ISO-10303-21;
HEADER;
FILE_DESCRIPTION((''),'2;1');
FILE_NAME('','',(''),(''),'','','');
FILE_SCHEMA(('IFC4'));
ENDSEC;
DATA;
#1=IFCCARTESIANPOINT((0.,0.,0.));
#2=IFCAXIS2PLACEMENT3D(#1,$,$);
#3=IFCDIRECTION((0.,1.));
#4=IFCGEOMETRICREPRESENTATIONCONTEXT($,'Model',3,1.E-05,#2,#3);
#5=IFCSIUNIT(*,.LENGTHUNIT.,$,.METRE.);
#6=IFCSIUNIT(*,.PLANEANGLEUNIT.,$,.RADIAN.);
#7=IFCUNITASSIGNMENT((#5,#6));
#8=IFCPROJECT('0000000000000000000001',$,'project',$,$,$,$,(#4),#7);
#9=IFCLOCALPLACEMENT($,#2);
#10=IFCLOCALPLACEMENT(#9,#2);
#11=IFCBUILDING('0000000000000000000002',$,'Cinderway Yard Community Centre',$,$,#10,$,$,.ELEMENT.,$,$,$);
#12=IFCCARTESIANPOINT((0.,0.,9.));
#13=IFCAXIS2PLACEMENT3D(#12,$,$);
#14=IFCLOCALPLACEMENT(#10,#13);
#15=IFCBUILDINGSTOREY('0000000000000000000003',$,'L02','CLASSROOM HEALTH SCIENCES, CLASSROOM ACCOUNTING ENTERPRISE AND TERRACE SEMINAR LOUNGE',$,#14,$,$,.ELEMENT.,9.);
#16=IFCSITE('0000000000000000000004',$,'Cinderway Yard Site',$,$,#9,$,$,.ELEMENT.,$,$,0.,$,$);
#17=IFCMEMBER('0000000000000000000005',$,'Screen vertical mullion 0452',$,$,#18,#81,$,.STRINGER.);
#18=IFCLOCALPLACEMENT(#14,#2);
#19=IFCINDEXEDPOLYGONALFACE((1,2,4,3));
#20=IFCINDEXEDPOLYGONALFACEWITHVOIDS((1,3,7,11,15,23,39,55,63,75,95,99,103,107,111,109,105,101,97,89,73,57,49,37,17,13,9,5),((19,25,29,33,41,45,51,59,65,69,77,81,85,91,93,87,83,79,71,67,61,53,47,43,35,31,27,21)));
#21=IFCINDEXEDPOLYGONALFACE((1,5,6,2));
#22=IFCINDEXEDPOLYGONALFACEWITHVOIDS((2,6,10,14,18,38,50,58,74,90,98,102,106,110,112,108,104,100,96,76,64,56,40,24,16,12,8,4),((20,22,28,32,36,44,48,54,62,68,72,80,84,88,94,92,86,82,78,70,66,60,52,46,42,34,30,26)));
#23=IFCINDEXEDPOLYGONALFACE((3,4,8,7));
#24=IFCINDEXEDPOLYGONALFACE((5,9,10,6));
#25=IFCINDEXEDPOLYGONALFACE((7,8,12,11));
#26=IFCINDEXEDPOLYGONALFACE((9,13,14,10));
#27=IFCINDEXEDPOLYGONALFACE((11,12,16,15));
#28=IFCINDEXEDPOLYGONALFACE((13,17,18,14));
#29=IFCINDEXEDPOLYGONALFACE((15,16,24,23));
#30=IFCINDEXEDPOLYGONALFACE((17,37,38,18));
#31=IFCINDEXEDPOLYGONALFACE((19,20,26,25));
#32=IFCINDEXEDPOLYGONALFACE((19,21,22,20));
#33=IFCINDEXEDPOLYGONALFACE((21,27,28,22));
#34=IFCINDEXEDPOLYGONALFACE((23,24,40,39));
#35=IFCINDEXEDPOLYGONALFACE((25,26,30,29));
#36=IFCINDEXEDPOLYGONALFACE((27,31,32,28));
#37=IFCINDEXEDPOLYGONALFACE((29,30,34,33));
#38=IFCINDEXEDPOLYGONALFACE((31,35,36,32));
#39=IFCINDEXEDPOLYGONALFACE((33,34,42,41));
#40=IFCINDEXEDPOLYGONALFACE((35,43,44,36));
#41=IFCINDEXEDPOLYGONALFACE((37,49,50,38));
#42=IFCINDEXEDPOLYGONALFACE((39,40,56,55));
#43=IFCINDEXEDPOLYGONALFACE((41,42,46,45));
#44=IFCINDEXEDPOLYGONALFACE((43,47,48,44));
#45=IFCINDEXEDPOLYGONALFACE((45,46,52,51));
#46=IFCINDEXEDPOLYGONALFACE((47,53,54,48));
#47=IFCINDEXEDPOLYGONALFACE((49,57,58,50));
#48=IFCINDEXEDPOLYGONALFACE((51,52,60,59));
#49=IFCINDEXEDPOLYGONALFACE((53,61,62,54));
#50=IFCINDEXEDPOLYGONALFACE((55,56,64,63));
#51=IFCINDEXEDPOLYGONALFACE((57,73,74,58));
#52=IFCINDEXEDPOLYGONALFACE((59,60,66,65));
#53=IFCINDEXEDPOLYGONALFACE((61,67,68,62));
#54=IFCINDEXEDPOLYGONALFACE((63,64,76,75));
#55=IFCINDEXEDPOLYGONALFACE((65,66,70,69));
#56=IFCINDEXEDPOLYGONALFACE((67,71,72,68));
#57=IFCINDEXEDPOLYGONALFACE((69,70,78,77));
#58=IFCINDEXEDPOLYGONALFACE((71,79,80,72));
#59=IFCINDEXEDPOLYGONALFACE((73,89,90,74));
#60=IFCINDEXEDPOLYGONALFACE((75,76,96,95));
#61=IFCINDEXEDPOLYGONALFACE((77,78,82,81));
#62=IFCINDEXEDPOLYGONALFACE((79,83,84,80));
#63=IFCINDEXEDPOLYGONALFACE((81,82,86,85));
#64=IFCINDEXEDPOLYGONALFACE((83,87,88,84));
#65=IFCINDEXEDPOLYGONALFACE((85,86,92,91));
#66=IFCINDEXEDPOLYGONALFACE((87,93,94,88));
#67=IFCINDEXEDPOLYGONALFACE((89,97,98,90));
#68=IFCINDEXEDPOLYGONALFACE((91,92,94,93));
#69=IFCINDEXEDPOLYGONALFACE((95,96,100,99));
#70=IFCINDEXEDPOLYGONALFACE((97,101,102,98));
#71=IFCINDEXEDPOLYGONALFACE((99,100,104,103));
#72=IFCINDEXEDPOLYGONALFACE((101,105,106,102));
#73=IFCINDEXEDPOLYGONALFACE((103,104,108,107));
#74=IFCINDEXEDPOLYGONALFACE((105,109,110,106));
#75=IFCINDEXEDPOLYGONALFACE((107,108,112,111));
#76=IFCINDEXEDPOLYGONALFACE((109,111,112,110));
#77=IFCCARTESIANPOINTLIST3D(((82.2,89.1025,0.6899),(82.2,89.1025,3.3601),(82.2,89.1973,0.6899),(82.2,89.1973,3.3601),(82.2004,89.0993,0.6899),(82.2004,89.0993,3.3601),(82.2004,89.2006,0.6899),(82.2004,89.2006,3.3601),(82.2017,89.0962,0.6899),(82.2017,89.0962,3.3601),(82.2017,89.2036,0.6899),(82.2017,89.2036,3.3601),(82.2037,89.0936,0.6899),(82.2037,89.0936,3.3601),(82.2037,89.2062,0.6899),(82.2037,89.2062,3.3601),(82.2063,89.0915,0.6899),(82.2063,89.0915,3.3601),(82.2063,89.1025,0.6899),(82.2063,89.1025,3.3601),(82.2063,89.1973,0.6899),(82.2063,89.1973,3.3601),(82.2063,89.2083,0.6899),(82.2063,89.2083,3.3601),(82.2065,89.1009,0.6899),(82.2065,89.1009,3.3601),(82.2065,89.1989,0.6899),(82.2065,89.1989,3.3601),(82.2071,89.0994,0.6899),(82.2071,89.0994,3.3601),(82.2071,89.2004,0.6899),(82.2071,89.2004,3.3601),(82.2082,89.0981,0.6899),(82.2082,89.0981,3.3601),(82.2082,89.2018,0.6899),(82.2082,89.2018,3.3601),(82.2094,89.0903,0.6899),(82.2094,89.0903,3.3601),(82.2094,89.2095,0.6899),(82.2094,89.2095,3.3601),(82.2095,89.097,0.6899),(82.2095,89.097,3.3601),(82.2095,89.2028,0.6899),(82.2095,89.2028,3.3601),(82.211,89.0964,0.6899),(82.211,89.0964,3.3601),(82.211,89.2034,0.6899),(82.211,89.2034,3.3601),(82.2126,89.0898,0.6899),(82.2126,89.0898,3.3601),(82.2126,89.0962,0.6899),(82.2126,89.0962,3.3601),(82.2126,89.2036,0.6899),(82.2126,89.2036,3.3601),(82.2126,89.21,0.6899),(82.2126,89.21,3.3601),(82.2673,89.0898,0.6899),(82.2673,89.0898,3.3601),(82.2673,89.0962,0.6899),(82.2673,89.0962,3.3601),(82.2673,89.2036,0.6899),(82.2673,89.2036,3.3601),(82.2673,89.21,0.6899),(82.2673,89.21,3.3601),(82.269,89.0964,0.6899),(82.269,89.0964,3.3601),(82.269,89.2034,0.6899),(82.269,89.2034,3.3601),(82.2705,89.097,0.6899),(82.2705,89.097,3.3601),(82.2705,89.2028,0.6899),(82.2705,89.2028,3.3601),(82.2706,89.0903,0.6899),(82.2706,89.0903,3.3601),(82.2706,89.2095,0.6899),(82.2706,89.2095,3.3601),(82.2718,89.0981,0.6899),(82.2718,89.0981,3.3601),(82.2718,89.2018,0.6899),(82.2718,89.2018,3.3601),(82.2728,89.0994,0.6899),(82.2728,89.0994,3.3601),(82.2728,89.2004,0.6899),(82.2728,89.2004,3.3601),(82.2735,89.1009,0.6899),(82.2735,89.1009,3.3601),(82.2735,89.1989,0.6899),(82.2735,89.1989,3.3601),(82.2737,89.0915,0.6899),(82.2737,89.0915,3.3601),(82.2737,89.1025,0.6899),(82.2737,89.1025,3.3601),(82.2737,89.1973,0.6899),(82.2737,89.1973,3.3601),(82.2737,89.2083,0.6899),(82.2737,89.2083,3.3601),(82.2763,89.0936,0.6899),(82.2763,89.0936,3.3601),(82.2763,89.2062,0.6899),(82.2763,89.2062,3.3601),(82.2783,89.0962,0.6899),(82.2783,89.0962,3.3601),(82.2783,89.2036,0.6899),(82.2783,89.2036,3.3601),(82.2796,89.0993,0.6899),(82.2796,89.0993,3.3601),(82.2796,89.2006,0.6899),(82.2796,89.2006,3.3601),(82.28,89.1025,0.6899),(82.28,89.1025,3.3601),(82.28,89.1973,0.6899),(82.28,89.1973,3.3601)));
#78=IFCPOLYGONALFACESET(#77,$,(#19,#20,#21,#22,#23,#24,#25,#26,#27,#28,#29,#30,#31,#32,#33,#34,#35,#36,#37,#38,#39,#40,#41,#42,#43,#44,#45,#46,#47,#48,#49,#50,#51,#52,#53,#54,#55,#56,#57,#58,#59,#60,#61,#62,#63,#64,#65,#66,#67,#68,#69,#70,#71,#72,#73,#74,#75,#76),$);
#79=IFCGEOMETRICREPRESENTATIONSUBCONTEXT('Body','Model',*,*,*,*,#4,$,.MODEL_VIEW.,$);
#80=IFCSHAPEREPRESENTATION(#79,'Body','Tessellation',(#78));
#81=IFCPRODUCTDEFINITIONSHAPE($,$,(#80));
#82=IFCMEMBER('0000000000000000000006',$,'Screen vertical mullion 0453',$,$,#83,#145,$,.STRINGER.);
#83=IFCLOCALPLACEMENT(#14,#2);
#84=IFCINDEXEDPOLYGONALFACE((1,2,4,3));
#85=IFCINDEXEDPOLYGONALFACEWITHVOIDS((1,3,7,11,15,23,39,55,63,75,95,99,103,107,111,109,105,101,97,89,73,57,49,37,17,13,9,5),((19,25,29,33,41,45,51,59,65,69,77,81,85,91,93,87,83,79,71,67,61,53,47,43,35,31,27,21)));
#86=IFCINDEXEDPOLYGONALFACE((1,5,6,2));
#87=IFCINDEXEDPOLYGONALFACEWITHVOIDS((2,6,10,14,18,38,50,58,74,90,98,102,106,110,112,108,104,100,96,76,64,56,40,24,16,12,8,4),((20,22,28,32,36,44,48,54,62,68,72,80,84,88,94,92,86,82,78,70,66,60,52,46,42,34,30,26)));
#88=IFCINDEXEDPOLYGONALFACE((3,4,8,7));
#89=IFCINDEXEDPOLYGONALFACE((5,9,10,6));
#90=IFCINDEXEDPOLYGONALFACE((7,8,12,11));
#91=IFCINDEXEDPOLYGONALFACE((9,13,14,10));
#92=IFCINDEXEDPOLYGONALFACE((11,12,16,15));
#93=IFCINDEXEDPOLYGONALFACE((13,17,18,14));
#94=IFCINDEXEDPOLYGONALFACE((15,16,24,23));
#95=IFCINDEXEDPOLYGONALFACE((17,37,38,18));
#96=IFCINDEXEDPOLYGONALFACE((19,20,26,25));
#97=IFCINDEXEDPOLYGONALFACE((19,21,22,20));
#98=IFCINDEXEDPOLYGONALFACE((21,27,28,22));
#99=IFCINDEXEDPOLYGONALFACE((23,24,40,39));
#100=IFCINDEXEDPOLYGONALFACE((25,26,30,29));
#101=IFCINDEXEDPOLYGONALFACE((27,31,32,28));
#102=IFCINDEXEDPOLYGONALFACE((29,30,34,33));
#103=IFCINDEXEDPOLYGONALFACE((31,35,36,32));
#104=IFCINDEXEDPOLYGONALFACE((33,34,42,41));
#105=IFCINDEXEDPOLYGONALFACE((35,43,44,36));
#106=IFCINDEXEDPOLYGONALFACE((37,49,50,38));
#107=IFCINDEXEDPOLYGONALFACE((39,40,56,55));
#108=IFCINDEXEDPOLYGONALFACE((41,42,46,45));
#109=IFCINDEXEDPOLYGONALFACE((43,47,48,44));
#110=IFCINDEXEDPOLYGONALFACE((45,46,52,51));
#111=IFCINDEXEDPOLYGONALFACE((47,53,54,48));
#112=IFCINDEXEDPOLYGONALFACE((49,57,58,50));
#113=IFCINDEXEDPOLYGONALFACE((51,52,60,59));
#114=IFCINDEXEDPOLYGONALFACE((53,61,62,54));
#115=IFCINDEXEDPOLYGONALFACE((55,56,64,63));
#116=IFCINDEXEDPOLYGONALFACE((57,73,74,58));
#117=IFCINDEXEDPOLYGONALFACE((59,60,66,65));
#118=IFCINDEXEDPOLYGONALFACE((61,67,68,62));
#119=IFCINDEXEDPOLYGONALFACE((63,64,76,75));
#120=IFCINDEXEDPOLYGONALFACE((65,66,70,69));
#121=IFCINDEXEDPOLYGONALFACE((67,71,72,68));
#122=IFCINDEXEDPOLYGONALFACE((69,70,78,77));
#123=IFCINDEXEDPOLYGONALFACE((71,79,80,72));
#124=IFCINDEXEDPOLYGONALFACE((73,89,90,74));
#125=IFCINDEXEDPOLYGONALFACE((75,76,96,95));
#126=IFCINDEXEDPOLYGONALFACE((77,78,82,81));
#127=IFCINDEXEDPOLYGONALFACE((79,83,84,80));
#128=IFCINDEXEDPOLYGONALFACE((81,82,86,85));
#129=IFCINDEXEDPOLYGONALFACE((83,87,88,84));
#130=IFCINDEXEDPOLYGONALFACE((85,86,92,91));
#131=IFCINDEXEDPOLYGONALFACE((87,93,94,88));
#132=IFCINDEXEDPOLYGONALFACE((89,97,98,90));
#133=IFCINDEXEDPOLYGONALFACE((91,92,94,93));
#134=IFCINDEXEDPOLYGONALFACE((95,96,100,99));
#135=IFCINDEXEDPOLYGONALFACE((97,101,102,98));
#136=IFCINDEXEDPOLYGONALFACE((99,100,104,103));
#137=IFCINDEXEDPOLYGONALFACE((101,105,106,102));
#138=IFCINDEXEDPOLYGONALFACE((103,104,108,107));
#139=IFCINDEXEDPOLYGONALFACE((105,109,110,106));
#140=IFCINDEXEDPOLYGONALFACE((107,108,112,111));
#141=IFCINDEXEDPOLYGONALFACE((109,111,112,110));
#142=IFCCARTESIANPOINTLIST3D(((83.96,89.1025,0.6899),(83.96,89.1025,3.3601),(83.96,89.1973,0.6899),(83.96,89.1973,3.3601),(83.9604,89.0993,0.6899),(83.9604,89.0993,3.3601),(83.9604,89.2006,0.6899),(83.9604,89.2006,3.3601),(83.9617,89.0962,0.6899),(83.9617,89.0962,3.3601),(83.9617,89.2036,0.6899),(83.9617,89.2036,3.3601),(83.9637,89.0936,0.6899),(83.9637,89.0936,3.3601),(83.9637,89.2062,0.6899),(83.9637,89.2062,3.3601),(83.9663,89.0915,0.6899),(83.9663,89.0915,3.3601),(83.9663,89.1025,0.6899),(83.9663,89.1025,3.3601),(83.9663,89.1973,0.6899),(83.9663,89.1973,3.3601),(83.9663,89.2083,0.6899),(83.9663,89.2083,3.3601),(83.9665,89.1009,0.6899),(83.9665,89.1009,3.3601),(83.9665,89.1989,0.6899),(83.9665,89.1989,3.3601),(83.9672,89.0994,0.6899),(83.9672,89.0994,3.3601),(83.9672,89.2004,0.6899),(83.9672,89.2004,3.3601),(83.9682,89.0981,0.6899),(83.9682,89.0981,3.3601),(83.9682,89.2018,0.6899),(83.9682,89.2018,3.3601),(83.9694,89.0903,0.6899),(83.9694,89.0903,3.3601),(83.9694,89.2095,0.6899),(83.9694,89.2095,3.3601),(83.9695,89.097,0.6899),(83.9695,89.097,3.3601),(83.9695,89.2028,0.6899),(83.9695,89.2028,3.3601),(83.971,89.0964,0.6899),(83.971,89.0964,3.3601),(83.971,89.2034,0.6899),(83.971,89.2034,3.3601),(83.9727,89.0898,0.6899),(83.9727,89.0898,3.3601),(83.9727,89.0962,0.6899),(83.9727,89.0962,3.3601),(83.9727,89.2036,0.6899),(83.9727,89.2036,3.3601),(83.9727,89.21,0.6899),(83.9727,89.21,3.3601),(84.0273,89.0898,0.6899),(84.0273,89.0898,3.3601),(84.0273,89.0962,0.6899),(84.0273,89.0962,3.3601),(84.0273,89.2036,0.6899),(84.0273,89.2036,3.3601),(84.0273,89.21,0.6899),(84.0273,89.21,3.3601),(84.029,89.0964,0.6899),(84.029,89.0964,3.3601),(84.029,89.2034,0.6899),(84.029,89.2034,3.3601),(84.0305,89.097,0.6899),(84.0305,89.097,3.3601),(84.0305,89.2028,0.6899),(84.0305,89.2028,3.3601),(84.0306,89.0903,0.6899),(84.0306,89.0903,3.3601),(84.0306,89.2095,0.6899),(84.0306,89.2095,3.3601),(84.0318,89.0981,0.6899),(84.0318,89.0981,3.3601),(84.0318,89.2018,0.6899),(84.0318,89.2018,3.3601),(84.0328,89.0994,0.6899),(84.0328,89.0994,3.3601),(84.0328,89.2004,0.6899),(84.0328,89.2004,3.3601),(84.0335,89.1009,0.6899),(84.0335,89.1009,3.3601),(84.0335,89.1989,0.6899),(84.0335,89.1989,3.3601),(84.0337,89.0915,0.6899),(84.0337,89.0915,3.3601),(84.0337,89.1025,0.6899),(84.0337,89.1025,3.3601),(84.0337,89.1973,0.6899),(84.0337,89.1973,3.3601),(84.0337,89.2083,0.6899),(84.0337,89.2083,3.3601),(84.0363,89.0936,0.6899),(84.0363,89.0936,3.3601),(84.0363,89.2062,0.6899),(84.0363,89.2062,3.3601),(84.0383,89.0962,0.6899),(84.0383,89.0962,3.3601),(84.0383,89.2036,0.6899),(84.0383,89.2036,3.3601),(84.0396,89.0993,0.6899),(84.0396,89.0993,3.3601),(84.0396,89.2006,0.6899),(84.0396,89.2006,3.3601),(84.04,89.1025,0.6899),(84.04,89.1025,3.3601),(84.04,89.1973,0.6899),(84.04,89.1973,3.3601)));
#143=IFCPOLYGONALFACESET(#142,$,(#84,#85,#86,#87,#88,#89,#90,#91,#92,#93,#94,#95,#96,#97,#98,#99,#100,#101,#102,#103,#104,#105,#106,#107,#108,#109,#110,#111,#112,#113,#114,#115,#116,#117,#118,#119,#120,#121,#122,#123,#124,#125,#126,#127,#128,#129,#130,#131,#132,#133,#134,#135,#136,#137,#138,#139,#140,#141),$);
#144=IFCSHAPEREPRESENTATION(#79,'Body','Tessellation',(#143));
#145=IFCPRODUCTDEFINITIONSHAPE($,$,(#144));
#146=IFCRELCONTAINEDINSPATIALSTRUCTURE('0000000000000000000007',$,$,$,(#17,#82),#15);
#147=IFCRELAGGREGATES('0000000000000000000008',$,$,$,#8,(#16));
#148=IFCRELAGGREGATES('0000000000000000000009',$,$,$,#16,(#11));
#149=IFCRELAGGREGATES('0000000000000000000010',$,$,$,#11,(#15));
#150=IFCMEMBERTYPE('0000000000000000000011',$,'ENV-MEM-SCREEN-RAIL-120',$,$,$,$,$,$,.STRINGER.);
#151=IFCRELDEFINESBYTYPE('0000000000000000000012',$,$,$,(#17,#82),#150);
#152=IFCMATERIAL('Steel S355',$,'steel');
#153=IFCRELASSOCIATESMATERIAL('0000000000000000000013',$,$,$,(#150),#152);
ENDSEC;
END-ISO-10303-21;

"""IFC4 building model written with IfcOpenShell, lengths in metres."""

from ifc_helpers import new_model, si_unit, direction, frame, origin, origin_2d, place, context, subcontext, project, spatial, hollow_rectangle, extrude, material, material_profile, profile_set, type_object, element, save


model = new_model("IFC4")

# Units and contexts
model_context = context("Model", 3, precision=1e-05, world=origin(), true_north=direction((0.0, 1.0)))
body_context = subcontext(model_context, "Body", "Model", "MODEL_VIEW")
ifc_project = project(units=[si_unit("LENGTHUNIT", "METRE"), si_unit("PLANEANGLEUNIT", "RADIAN")], contexts=[model_context])

# Site, building, storey
site_placement = place(None, origin())
site = spatial("IfcSite", under=ifc_project, at=site_placement, Name="Cinderway Yard Site", CompositionType="ELEMENT", RefElevation=0.0)
building_placement = place(site_placement, origin())
building = spatial("IfcBuilding", under=site, at=building_placement, Name="Cinderway Yard Community Centre", CompositionType="ELEMENT")
storey_placement = place(building_placement, frame((0.0, 0.0, 9.0)))
storey = spatial("IfcBuildingStorey", under=building, at=storey_placement, Name="L02", Description="CLASSROOM HEALTH SCIENCES, CLASSROOM ACCOUNTING ENTERPRISE AND TERRACE SEMINAR LOUNGE", CompositionType="ELEMENT", Elevation=9.0)

# Members
ifc_material_1 = material(Name="Steel S355", Category="steel")
ifc_material_profile_1 = material_profile(ifc_material_1, hollow_rectangle(XDim=0.0801, YDim=0.1201, WallThickness=0.0063, InnerFilletRadius=0.0063, OuterFilletRadius=0.0127, at=origin_2d()), Name="Steel S355")
ifc_profile_set_1 = profile_set([ifc_material_profile_1], Name="Steel S355")
member_type_1 = type_object("IfcMemberType", Name="ENV-MEM-SCREEN-RAIL-120", PredefinedType="STRINGER", material=ifc_profile_set_1)
for number, where, z_axis, x_axis, name in (
    (1, (82.24, 89.1499, 0.6899), (0.0, 0.0, 1.0), (1.0, 0.0, 0.0), "Screen vertical mullion 0452"),
    (2, (84.0, 89.1499, 0.6899), (0.0, 0.0, 1.0), (1.0, 0.0, 0.0), "Screen vertical mullion 0453"),
):
    element("IfcMember", number, at=place(storey_placement, frame(where, z_axis=z_axis, x_axis=x_axis)), inside=storey, type_object=member_type_1, Name=name, PredefinedType="STRINGER", context=body_context, shape_type="SweptSolid", body=[
        extrude(hollow_rectangle(XDim=0.0801, YDim=0.1201, WallThickness=0.0063, InnerFilletRadius=0.0063, OuterFilletRadius=0.0127, at=origin_2d()), origin(), (0.0, 0.0, 1.0), 2.6702),
    ])

save(model, "model.ifc")
